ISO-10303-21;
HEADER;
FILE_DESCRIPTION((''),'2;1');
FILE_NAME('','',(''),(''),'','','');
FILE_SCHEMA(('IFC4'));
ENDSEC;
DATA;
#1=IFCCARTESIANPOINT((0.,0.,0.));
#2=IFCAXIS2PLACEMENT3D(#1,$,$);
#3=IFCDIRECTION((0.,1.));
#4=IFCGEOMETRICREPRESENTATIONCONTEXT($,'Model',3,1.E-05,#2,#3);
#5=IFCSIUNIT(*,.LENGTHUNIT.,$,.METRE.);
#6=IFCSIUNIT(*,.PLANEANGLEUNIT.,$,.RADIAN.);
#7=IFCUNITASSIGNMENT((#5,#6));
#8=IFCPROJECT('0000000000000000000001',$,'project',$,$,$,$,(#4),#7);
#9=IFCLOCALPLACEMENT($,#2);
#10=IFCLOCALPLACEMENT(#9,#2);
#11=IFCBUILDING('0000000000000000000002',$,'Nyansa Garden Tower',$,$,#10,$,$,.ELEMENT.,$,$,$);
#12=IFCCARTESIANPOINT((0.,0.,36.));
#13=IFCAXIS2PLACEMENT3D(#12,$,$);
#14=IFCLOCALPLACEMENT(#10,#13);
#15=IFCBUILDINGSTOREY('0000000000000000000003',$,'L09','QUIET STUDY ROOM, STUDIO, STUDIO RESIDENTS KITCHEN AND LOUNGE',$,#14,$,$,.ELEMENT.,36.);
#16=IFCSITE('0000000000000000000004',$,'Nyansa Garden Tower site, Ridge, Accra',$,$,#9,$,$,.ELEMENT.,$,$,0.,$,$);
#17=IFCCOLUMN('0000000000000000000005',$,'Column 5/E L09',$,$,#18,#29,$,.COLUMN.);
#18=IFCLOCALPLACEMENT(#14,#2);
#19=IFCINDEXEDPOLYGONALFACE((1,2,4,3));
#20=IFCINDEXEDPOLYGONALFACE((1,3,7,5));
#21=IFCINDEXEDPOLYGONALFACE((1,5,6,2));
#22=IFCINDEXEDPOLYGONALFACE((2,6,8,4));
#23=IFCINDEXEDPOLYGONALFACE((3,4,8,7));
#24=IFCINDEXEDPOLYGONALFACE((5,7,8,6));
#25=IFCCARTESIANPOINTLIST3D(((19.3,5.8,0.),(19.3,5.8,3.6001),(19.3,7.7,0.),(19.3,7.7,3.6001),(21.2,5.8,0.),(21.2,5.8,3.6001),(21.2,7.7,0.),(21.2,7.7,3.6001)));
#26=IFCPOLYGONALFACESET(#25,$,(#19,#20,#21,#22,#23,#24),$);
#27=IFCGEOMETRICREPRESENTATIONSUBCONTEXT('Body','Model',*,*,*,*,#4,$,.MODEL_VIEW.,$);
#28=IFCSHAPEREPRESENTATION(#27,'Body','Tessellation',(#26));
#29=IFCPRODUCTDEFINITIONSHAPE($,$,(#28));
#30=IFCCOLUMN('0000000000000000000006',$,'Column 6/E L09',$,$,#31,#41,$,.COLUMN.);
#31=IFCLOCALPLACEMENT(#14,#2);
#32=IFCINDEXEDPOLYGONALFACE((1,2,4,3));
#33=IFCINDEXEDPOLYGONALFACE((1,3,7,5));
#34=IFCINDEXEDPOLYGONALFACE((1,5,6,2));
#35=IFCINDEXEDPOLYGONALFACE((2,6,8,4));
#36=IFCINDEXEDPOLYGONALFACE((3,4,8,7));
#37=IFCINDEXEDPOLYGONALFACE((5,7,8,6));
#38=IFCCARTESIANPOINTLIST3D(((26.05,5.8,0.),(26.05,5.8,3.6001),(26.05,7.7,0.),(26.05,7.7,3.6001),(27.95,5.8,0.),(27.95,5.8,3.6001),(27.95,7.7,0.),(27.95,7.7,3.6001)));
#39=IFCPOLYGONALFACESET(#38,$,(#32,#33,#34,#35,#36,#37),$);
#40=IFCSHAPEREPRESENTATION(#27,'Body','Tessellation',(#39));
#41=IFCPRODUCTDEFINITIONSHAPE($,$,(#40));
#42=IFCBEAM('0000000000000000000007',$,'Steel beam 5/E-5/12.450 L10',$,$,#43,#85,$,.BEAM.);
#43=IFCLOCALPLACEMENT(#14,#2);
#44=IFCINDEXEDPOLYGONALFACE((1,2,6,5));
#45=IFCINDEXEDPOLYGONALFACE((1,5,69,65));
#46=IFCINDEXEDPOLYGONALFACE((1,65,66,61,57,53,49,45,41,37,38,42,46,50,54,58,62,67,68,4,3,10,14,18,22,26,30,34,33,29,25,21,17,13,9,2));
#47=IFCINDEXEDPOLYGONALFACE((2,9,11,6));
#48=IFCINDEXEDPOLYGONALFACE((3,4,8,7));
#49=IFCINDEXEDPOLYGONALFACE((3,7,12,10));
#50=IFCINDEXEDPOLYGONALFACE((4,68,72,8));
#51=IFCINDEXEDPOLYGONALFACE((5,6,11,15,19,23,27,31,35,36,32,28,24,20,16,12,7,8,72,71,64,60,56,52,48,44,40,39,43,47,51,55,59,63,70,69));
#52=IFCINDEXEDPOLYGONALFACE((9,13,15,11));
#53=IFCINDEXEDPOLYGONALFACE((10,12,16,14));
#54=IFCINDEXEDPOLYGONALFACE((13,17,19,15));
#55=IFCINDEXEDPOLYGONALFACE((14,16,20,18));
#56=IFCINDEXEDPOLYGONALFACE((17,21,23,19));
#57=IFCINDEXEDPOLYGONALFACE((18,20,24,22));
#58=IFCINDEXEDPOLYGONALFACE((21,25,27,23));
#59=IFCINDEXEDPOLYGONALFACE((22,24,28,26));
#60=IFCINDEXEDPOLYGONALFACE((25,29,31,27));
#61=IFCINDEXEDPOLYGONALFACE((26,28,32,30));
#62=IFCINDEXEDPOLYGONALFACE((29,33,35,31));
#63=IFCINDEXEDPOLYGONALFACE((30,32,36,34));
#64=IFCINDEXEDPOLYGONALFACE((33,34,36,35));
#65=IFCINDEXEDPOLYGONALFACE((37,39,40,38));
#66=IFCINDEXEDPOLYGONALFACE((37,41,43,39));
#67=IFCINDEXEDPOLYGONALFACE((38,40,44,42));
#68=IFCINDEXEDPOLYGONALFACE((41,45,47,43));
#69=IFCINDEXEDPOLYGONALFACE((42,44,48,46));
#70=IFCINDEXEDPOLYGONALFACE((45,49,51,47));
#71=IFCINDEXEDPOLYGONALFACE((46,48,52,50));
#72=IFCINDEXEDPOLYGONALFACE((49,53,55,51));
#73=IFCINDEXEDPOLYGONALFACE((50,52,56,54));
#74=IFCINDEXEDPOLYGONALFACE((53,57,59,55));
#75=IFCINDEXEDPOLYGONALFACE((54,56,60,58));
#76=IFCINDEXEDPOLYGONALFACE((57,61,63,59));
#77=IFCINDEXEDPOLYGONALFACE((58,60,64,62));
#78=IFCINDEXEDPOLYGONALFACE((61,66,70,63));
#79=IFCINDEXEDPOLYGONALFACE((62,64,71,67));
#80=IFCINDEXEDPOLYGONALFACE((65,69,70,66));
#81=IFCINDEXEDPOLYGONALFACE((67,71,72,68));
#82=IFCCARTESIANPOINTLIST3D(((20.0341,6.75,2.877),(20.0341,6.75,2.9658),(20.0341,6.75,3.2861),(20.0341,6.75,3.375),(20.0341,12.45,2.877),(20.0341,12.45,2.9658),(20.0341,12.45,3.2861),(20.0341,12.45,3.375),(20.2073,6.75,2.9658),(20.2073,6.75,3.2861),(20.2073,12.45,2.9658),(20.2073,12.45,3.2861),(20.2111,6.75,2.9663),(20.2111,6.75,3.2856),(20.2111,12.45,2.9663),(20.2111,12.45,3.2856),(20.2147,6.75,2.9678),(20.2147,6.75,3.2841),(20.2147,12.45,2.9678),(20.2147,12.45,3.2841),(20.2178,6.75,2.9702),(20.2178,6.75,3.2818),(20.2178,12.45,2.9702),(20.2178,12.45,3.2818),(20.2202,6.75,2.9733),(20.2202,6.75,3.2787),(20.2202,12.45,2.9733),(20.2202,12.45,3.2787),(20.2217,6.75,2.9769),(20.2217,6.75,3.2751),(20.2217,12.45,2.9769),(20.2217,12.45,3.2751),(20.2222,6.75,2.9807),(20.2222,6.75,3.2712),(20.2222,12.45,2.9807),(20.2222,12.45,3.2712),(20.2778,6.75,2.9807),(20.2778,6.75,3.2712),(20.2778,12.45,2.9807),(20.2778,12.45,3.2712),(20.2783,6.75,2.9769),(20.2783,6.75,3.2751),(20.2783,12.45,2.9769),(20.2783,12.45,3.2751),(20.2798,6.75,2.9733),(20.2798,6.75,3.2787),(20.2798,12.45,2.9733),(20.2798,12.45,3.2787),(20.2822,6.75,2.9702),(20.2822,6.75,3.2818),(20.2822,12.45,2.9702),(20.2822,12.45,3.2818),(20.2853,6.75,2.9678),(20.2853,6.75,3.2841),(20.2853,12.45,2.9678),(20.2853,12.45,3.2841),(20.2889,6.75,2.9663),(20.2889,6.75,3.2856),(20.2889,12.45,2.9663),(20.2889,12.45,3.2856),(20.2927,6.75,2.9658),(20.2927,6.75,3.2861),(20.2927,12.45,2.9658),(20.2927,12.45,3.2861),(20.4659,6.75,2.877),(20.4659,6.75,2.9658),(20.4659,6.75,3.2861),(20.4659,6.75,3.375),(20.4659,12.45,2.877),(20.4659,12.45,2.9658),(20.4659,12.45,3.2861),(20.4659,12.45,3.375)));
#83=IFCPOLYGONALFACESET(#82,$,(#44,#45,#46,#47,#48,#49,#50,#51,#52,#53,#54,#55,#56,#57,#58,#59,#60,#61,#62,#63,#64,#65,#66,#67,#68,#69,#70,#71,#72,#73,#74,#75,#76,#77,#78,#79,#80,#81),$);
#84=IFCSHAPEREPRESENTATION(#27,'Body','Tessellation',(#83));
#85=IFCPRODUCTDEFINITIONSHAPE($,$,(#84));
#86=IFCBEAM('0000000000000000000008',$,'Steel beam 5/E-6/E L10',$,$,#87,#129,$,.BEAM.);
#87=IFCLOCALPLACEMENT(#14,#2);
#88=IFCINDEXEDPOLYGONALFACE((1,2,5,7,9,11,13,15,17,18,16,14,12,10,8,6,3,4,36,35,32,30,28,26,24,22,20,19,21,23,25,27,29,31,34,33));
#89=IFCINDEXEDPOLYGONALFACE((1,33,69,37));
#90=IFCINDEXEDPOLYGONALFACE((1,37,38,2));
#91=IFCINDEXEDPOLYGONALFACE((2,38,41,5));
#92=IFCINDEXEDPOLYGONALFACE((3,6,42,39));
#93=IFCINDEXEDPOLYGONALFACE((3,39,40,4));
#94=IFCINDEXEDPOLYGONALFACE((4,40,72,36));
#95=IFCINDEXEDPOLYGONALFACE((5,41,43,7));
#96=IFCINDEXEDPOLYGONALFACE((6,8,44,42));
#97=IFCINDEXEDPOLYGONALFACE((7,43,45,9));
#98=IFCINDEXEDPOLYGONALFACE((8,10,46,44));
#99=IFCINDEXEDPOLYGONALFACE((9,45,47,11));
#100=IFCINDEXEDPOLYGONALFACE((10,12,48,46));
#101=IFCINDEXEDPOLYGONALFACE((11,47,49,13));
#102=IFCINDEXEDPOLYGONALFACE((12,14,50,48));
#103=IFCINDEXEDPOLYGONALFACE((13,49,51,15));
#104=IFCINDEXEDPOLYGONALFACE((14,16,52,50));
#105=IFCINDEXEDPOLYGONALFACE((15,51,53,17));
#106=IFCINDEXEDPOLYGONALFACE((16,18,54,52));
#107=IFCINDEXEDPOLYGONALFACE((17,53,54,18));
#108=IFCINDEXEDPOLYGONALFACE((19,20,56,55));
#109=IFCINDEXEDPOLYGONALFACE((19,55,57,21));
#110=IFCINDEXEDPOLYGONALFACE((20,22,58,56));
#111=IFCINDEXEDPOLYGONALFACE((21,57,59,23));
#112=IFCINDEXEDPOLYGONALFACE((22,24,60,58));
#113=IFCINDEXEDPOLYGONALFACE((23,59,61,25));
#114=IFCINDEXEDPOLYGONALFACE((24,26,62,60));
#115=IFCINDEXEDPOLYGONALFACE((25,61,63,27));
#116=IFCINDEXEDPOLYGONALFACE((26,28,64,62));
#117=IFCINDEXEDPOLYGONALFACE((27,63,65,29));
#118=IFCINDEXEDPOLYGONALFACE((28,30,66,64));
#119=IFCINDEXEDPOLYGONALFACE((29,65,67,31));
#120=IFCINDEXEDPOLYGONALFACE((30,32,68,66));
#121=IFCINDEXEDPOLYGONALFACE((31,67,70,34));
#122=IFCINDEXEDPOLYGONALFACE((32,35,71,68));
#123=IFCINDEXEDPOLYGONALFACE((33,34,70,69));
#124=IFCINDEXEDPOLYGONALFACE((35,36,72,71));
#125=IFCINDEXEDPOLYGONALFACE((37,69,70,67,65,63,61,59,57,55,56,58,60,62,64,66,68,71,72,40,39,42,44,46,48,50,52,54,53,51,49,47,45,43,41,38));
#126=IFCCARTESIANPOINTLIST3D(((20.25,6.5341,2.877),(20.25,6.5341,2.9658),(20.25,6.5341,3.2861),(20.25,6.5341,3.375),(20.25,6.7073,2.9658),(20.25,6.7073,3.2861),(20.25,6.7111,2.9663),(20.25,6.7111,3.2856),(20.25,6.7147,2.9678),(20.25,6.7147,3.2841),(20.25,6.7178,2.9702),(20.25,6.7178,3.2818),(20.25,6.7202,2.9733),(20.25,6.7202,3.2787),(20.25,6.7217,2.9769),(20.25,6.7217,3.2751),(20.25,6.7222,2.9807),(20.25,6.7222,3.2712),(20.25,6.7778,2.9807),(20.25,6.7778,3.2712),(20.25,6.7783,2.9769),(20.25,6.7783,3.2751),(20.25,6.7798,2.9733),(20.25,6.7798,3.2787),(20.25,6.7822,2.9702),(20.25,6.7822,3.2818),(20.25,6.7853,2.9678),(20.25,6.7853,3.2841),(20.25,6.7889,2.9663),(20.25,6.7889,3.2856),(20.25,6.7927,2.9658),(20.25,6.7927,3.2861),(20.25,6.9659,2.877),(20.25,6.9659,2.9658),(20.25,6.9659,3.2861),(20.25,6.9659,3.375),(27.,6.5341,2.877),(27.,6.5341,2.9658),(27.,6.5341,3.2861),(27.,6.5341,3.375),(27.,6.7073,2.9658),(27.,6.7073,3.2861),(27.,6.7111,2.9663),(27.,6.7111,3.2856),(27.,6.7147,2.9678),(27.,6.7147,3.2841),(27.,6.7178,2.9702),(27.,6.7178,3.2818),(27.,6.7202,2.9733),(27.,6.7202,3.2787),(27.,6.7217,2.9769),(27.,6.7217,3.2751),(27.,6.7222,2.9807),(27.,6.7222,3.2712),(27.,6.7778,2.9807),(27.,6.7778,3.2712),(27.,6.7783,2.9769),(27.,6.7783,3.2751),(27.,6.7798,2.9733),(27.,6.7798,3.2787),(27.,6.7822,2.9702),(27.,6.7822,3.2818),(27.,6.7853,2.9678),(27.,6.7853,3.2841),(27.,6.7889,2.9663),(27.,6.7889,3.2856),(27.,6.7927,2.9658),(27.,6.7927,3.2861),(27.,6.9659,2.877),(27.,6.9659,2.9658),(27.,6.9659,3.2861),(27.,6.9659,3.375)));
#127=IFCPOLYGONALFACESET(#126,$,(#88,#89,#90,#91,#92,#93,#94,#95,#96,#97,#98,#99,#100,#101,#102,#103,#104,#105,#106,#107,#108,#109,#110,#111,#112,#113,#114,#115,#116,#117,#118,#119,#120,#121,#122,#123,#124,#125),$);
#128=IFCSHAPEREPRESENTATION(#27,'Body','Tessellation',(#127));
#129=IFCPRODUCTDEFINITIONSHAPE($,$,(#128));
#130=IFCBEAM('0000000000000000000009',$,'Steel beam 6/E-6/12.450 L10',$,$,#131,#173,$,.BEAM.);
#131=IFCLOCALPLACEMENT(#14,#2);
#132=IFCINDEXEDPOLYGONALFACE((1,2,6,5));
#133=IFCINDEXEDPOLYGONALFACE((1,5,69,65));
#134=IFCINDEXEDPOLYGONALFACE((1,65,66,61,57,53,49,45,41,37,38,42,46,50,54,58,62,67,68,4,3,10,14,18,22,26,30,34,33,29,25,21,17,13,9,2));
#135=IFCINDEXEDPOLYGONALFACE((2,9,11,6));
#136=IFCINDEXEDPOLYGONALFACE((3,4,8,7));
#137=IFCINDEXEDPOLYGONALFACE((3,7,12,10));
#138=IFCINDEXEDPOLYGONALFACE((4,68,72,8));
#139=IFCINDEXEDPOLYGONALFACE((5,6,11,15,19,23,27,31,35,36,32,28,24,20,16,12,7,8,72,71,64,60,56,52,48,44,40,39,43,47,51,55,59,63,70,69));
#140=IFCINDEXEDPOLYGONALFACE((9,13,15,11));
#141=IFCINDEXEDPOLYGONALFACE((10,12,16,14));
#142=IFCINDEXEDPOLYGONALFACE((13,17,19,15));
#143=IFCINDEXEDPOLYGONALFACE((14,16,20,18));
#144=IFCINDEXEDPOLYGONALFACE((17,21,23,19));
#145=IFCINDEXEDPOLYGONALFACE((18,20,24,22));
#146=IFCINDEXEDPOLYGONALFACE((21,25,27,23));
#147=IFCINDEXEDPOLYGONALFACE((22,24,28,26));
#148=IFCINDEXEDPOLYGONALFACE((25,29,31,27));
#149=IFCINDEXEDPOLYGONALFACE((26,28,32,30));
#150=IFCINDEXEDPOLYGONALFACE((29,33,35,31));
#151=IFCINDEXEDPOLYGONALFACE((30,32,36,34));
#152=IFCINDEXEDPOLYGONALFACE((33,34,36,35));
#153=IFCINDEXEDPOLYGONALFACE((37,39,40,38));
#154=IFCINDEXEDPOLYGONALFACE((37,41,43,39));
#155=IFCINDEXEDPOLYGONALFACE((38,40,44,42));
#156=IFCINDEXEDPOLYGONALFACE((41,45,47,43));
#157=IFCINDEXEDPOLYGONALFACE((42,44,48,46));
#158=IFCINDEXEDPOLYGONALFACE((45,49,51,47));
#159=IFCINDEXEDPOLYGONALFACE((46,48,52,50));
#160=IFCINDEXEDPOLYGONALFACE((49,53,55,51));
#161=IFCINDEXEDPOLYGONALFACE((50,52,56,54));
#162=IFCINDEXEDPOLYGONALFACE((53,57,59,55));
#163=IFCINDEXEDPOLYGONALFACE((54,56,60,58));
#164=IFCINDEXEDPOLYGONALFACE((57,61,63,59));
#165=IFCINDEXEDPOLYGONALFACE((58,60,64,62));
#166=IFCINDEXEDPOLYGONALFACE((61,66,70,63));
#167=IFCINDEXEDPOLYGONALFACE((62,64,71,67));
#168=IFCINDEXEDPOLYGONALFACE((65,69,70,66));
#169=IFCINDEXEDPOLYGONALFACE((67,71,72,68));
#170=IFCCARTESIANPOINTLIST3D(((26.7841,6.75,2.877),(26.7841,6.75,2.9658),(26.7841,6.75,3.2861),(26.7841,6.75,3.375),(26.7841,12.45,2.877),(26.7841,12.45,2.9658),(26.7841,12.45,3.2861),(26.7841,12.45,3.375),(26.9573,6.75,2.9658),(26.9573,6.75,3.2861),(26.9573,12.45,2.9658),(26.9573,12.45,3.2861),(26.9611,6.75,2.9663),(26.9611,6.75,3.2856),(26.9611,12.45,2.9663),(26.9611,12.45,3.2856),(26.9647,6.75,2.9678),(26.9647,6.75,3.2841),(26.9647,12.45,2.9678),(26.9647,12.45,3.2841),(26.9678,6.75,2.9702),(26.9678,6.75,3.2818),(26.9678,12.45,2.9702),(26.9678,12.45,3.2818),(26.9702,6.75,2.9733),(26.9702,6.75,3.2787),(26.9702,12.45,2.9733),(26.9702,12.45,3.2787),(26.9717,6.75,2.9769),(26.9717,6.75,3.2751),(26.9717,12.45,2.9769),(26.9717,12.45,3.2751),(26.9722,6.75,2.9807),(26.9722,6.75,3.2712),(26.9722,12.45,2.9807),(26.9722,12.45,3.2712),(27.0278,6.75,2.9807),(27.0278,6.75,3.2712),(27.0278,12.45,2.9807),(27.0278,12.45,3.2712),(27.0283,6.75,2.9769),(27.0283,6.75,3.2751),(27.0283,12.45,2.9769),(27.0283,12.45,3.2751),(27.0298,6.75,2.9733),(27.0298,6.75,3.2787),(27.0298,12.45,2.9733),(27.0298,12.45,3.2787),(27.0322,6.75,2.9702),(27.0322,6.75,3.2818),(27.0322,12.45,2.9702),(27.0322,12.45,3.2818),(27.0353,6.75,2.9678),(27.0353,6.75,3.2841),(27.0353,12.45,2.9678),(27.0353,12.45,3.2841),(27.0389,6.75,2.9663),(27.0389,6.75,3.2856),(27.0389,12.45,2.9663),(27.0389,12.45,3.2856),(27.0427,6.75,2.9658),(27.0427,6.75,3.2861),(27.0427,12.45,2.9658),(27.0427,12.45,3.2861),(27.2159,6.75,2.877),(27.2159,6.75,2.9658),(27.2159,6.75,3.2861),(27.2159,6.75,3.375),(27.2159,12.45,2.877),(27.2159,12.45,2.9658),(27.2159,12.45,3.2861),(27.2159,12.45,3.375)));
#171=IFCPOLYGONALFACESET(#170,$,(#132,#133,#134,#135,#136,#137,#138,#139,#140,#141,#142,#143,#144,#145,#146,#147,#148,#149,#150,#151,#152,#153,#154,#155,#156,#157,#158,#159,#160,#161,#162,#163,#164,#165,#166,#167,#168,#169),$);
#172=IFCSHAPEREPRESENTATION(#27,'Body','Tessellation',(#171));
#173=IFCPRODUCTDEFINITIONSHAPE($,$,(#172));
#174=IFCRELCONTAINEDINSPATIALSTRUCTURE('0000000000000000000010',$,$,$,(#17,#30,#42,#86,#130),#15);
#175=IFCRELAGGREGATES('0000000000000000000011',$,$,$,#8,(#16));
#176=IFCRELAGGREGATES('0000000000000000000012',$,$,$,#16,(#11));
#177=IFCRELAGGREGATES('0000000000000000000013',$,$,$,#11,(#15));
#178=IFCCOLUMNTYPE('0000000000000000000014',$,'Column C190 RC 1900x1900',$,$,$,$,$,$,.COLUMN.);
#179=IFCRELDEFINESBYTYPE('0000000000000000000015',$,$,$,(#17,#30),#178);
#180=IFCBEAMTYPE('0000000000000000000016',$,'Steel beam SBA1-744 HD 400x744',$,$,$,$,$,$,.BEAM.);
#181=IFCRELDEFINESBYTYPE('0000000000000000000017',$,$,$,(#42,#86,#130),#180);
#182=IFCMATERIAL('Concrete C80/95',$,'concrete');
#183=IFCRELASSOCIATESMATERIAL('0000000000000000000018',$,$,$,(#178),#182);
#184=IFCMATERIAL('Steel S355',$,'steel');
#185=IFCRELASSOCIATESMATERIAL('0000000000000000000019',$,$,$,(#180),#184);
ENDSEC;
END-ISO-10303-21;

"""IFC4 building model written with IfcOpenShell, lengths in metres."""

from ifc_helpers import new_model, si_unit, direction, frame, origin, origin_2d, place, context, subcontext, project, spatial, rectangle, i_section, extrude, material, material_profile, profile_set, type_object, element, save


model = new_model("IFC4")

# Units and contexts
model_context = context("Model", 3, precision=1e-05, world=origin(), true_north=direction((0.0, 1.0)))
body_context = subcontext(model_context, "Body", "Model", "MODEL_VIEW")
ifc_project = project(units=[si_unit("LENGTHUNIT", "METRE"), si_unit("PLANEANGLEUNIT", "RADIAN")], contexts=[model_context])

# Site, building, storey
site_placement = place(None, origin())
site = spatial("IfcSite", under=ifc_project, at=site_placement, Name="Nyansa Garden Tower site, Ridge, Accra", CompositionType="ELEMENT", RefElevation=0.0)
building_placement = place(site_placement, origin())
building = spatial("IfcBuilding", under=site, at=building_placement, Name="Nyansa Garden Tower", CompositionType="ELEMENT")
storey_placement = place(building_placement, frame((0.0, 0.0, 36.0)))
storey = spatial("IfcBuildingStorey", under=building, at=storey_placement, Name="L09", Description="QUIET STUDY ROOM, STUDIO, STUDIO RESIDENTS KITCHEN AND LOUNGE", CompositionType="ELEMENT", Elevation=36.0)

# Columns
ifc_material_1 = material(Name="Concrete C80/95", Category="concrete")
ifc_material_profile_1 = material_profile(ifc_material_1, rectangle(XDim=1.8999, YDim=1.8999, at=origin_2d()), Name="RC 1900x1900")
ifc_profile_set_1 = profile_set([ifc_material_profile_1], Name="Concrete C80/95")
column_type = type_object("IfcColumnType", Name="Column C190 RC 1900x1900", PredefinedType="COLUMN", material=ifc_profile_set_1)
for number, where, z_axis, x_axis, name in (
    (1, (20.25, 6.75, 0.0), (0.0, 0.0, 1.0), (1.0, 0.0, 0.0), "Column 5/E L09"),
    (2, (27.0, 6.75, 0.0), (0.0, 0.0, 1.0), (1.0, 0.0, 0.0), "Column 6/E L09"),
):
    element("IfcColumn", number, at=place(storey_placement, frame(where, z_axis=z_axis, x_axis=x_axis)), inside=storey, type_object=column_type, Name=name, PredefinedType="COLUMN", context=body_context, shape_type="SweptSolid", body=[
        extrude(rectangle(XDim=1.8999, YDim=1.8999, at=origin_2d()), origin(), (0.0, 0.0, 1.0), 3.6001),
    ])

# Beams
ifc_material_2 = material(Name="Steel S355", Category="steel")
ifc_material_profile_2 = material_profile(ifc_material_2, i_section(OverallWidth=0.4319, OverallDepth=0.498, WebThickness=0.0557, FlangeThickness=0.0889, FilletRadius=0.0149, at=origin_2d()), Name="HD 400x744")
ifc_profile_set_2 = profile_set([ifc_material_profile_2], Name="Steel S355")
beam_type_1 = type_object("IfcBeamType", Name="Steel beam SBA1-744 HD 400x744", PredefinedType="BEAM", material=ifc_profile_set_2)
beam_1_placement = place(storey_placement, frame((20.25, 6.75, 3.126), z_axis=(0.0, 1.0, 0.0), x_axis=(-1.0, 0.0, 0.0)))
element("IfcBeam", 3, at=beam_1_placement, inside=storey, type_object=beam_type_1, Name="Steel beam 5/E-5/12.450 L10", PredefinedType="BEAM", context=body_context, shape_type="SweptSolid", body=[
    extrude(i_section(OverallWidth=0.4319, OverallDepth=0.498, WebThickness=0.0557, FlangeThickness=0.0889, FilletRadius=0.0149, at=origin_2d()), origin(), (0.0, 0.0, 1.0), 5.7),
])
beam_2_placement = place(storey_placement, frame((20.25, 6.75, 3.126), z_axis=(1.0, 0.0, 0.0), x_axis=(0.0, 1.0, 0.0)))
element("IfcBeam", 4, at=beam_2_placement, inside=storey, type_object=beam_type_1, Name="Steel beam 5/E-6/E L10", PredefinedType="BEAM", context=body_context, shape_type="SweptSolid", body=[
    extrude(i_section(OverallWidth=0.4319, OverallDepth=0.498, WebThickness=0.0557, FlangeThickness=0.0889, FilletRadius=0.0149, at=origin_2d()), origin(), (0.0, 0.0, 1.0), 6.75),
])
beam_3_placement = place(storey_placement, frame((27.0, 6.75, 3.126), z_axis=(0.0, 1.0, 0.0), x_axis=(-1.0, 0.0, 0.0)))
element("IfcBeam", 5, at=beam_3_placement, inside=storey, type_object=beam_type_1, Name="Steel beam 6/E-6/12.450 L10", PredefinedType="BEAM", context=body_context, shape_type="SweptSolid", body=[
    extrude(i_section(OverallWidth=0.4319, OverallDepth=0.498, WebThickness=0.0557, FlangeThickness=0.0889, FilletRadius=0.0149, at=origin_2d()), origin(), (0.0, 0.0, 1.0), 5.7),
])

save(model, "model.ifc")
